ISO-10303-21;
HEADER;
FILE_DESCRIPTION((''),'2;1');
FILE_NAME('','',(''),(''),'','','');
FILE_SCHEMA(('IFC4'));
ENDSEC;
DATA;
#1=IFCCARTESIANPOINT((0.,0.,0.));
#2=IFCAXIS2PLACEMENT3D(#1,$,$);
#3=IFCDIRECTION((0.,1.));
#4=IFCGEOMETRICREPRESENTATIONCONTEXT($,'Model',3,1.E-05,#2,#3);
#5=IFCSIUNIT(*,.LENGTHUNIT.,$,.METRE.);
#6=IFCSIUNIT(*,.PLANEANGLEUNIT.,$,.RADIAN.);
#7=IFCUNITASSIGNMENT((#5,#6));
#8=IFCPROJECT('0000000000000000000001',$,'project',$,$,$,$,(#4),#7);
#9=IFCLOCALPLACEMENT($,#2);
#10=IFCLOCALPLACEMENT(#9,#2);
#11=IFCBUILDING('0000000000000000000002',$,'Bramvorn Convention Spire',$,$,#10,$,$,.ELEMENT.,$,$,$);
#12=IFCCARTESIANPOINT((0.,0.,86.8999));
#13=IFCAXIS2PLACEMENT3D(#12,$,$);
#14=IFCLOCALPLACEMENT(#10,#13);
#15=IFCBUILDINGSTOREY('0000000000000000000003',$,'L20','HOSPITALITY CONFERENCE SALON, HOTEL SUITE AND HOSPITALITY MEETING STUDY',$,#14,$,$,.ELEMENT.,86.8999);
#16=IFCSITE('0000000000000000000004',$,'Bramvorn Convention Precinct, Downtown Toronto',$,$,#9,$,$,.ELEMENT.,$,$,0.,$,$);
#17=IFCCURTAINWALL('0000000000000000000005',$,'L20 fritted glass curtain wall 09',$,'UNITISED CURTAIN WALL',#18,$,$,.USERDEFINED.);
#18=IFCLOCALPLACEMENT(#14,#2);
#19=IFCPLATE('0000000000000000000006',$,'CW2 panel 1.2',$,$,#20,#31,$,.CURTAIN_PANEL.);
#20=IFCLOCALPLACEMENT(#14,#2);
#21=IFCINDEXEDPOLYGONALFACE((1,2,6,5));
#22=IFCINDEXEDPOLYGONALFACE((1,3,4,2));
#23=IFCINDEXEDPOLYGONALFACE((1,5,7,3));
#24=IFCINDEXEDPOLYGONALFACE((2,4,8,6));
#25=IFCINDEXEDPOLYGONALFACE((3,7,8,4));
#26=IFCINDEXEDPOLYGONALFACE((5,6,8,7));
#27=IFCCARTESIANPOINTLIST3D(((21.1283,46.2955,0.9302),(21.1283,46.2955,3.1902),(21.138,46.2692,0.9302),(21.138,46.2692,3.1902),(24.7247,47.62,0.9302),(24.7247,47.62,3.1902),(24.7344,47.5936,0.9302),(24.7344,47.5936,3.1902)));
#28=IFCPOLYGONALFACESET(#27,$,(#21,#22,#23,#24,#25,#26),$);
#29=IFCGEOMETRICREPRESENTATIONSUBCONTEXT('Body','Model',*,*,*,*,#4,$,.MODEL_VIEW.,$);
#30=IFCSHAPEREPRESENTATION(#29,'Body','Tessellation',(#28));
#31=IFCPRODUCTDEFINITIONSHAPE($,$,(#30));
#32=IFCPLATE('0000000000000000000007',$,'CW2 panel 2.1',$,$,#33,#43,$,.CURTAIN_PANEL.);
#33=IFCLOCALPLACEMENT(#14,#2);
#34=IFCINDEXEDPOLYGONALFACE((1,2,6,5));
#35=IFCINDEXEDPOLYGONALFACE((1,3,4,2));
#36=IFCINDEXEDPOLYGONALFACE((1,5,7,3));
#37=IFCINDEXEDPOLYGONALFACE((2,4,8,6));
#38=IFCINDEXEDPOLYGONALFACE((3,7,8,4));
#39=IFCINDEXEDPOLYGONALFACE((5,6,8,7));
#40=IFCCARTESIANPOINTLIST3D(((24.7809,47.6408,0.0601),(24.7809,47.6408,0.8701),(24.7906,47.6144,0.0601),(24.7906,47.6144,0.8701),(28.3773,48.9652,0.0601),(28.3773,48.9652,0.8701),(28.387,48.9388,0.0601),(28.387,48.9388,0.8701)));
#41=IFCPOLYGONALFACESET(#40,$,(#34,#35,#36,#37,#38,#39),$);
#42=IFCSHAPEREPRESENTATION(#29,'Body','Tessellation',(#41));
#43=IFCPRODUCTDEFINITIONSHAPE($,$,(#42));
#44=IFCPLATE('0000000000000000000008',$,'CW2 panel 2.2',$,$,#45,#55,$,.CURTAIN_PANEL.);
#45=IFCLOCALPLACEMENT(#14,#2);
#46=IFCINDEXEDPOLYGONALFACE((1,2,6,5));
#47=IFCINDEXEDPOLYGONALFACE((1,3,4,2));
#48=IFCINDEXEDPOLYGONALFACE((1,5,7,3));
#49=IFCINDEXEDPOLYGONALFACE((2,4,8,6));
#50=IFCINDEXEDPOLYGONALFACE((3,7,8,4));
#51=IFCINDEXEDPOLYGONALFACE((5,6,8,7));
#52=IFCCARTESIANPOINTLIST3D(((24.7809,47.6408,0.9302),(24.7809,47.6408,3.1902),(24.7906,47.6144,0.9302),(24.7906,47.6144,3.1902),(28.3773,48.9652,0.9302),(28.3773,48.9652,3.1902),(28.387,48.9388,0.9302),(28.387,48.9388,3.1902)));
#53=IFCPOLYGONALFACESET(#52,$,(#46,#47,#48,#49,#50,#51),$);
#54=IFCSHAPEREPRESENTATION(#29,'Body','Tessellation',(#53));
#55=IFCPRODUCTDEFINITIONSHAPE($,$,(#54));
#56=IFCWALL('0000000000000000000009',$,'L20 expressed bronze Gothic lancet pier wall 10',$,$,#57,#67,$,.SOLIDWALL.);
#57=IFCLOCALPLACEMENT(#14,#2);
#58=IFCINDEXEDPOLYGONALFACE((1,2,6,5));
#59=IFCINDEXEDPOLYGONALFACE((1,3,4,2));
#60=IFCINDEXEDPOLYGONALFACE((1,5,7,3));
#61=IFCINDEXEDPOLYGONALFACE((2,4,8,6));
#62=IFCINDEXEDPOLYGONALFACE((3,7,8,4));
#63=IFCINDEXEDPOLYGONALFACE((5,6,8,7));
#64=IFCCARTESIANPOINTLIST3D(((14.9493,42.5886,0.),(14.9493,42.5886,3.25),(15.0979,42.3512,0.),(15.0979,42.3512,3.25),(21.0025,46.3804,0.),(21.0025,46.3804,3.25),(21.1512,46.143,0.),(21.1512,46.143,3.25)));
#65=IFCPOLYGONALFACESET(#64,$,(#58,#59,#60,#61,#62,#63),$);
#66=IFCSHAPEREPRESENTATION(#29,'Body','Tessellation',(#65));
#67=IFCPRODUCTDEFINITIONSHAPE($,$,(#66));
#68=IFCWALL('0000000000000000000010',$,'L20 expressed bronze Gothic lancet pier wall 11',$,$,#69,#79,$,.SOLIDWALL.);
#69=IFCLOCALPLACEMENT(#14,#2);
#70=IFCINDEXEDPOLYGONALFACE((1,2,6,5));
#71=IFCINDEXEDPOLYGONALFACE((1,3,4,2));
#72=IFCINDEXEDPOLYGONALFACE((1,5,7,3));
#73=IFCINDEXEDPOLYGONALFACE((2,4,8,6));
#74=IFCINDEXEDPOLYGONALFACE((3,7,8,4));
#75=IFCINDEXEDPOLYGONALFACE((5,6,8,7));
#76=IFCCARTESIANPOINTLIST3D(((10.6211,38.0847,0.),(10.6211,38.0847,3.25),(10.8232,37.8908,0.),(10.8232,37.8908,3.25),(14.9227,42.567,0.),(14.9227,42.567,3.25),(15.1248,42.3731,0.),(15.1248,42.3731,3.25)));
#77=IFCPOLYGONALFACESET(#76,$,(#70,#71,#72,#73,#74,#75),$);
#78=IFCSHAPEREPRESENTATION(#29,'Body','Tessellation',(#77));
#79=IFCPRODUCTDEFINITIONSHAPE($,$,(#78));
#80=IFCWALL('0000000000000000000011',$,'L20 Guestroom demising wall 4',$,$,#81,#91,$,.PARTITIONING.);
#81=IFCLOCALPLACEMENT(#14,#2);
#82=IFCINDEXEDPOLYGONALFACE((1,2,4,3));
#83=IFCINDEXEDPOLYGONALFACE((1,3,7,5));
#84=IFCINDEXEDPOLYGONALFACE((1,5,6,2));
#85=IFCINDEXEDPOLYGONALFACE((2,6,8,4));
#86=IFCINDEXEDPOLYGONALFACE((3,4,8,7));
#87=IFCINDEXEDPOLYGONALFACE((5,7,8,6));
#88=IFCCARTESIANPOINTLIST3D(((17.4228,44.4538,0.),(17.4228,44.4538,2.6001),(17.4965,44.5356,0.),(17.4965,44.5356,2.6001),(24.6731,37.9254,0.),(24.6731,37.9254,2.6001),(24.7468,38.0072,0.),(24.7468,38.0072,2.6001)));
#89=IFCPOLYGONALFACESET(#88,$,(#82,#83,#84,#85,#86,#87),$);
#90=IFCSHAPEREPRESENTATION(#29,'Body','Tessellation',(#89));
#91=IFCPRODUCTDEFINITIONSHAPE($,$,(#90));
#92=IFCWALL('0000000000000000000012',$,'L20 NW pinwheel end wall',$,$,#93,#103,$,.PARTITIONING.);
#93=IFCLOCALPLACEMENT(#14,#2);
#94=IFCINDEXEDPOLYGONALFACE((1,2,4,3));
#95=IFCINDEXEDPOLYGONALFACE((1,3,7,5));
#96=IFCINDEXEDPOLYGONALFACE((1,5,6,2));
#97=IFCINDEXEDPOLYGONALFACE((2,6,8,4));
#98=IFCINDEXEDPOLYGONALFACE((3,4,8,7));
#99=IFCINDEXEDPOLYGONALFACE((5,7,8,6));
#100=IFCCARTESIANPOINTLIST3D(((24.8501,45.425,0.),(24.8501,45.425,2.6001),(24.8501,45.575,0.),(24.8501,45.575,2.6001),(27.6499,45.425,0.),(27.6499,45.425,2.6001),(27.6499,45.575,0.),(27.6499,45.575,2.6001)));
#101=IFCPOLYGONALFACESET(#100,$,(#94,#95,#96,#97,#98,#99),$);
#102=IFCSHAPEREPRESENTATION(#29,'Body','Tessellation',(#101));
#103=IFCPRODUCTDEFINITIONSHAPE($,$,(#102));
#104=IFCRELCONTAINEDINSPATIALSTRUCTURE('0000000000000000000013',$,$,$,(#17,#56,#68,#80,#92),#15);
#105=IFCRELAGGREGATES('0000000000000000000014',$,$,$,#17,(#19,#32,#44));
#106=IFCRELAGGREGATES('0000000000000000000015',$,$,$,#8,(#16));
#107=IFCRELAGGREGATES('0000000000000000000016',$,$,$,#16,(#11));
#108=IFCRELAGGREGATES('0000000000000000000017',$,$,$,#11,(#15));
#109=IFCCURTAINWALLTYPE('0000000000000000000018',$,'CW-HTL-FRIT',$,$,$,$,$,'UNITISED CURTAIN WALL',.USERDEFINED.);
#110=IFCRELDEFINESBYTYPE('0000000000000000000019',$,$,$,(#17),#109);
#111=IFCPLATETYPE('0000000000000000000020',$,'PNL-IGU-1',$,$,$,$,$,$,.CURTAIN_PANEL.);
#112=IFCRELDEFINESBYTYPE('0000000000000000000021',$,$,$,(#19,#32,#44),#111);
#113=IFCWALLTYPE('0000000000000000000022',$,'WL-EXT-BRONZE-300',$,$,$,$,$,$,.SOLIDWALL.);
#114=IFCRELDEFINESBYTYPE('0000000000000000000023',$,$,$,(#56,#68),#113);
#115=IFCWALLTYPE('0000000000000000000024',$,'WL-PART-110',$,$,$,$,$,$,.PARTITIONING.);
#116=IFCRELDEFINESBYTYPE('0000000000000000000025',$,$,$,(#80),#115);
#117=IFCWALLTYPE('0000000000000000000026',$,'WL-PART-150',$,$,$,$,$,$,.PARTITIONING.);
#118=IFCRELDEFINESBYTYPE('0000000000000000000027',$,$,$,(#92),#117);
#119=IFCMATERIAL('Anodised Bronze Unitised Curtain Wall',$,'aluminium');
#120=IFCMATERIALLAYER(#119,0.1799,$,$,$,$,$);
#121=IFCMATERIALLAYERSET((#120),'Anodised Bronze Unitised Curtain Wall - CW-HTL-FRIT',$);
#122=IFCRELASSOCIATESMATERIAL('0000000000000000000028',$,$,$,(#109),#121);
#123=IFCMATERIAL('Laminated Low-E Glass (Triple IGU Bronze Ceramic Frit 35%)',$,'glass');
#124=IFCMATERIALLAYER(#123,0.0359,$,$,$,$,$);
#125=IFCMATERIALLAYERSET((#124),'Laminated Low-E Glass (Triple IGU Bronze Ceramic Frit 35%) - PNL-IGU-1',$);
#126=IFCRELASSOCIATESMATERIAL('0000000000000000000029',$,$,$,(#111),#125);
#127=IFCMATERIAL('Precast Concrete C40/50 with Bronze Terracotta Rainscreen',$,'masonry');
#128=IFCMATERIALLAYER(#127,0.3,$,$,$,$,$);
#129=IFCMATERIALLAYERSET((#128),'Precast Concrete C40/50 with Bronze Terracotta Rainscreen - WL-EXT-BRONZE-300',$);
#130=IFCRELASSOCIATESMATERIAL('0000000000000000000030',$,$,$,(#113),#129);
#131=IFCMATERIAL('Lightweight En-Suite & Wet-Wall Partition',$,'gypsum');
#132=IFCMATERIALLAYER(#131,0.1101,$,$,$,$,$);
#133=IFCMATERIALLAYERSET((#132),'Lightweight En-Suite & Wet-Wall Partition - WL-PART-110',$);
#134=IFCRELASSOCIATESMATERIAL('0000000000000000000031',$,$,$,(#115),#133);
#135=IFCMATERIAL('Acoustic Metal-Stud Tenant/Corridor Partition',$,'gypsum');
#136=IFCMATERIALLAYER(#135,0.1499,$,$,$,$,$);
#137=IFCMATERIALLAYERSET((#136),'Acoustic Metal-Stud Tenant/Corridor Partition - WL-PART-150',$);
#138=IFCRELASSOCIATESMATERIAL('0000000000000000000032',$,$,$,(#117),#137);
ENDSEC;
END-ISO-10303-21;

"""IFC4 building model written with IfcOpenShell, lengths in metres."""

from ifc_helpers import new_model, si_unit, direction, frame, frame_2d, origin, origin_2d, place, context, subcontext, project, spatial, rectangle, extrude, material, layer, layer_set, type_object, element, aggregate, save


model = new_model("IFC4")

# Units and contexts
model_context = context("Model", 3, precision=1e-05, world=origin(), true_north=direction((0.0, 1.0)))
body_context = subcontext(model_context, "Body", "Model", "MODEL_VIEW")
ifc_project = project(units=[si_unit("LENGTHUNIT", "METRE"), si_unit("PLANEANGLEUNIT", "RADIAN")], contexts=[model_context])

# Site, building, storey
site_placement = place(None, origin())
site = spatial("IfcSite", under=ifc_project, at=site_placement, Name="Bramvorn Convention Precinct, Downtown Toronto", CompositionType="ELEMENT", RefElevation=0.0)
building_placement = place(site_placement, origin())
building = spatial("IfcBuilding", under=site, at=building_placement, Name="Bramvorn Convention Spire", CompositionType="ELEMENT")
storey_placement = place(building_placement, frame((0.0, 0.0, 86.8999)))
storey = spatial("IfcBuildingStorey", under=building, at=storey_placement, Name="L20", Description="HOSPITALITY CONFERENCE SALON, HOTEL SUITE AND HOSPITALITY MEETING STUDY", CompositionType="ELEMENT", Elevation=86.8999)

# Curtain wall, plates
ifc_material_1 = material(Name="Anodised Bronze Unitised Curtain Wall", Category="aluminium")
ifc_layer_1 = layer(ifc_material_1, 0.1799)
ifc_layer_set_1 = layer_set([ifc_layer_1], Name="Anodised Bronze Unitised Curtain Wall - CW-HTL-FRIT")
curtain_wall_type = type_object("IfcCurtainWallType", Name="CW-HTL-FRIT", ElementType="UNITISED CURTAIN WALL", PredefinedType="USERDEFINED", material=ifc_layer_set_1)
curtain_wall_placement = place(storey_placement, origin())
curtain_wall = element("IfcCurtainWall", 1, at=curtain_wall_placement, inside=storey, type_object=curtain_wall_type, Name="L20 fritted glass curtain wall 09", ObjectType="UNITISED CURTAIN WALL", PredefinedType="USERDEFINED")
ifc_material_2 = material(Name="Laminated Low-E Glass (Triple IGU Bronze Ceramic Frit 35%)", Category="glass")
ifc_layer_2 = layer(ifc_material_2, 0.0359)
ifc_layer_set_2 = layer_set([ifc_layer_2], Name="Laminated Low-E Glass (Triple IGU Bronze Ceramic Frit 35%) - PNL-IGU-1")
plate_type = type_object("IfcPlateType", Name="PNL-IGU-1", PredefinedType="CURTAIN_PANEL", material=ifc_layer_set_2)
plate_1_placement = place(storey_placement, frame((22.9314, 46.9446, 0.9302), z_axis=(0.0, 0.0, 1.0), x_axis=(0.93839, 0.345578, 0.0)))
plate_1 = element("IfcPlate", 2, at=plate_1_placement, type_object=plate_type, Name="CW2 panel 1.2", PredefinedType="CURTAIN_PANEL", context=body_context, shape_type="SweptSolid", body=[
    extrude(rectangle(XDim=3.8325, YDim=0.0281, at=origin_2d()), origin(), (0.0, 0.0, 1.0), 2.26),
])
plate_2_placement = place(storey_placement, frame((26.584, 48.2898, 0.0601), z_axis=(0.0, 0.0, 1.0), x_axis=(0.93839, 0.345578, 0.0)))
plate_2 = element("IfcPlate", 3, at=plate_2_placement, type_object=plate_type, Name="CW2 panel 2.1", PredefinedType="CURTAIN_PANEL", context=body_context, shape_type="SweptSolid", body=[
    extrude(rectangle(XDim=3.8325, YDim=0.0281, at=origin_2d()), origin(), (0.0, 0.0, 1.0), 0.8101),
])
plate_3_placement = place(storey_placement, frame((26.584, 48.2898, 0.9302), z_axis=(0.0, 0.0, 1.0), x_axis=(0.93839, 0.345578, 0.0)))
plate_3 = element("IfcPlate", 4, at=plate_3_placement, type_object=plate_type, Name="CW2 panel 2.2", PredefinedType="CURTAIN_PANEL", context=body_context, shape_type="SweptSolid", body=[
    extrude(rectangle(XDim=3.8325, YDim=0.0281, at=origin_2d()), origin(), (0.0, 0.0, 1.0), 2.26),
])
aggregate(curtain_wall, [plate_1, plate_2, plate_3])

# Walls
ifc_material_3 = material(Name="Precast Concrete C40/50 with Bronze Terracotta Rainscreen", Category="masonry")
ifc_layer_3 = layer(ifc_material_3, 0.3)
ifc_layer_set_3 = layer_set([ifc_layer_3], Name="Precast Concrete C40/50 with Bronze Terracotta Rainscreen - WL-EXT-BRONZE-300")
wall_type_1 = type_object("IfcWallType", Name="WL-EXT-BRONZE-300", PredefinedType="SOLIDWALL", material=ifc_layer_set_3)
wall_1_placement = place(storey_placement, frame((15.0237, 42.47, 0.0), z_axis=(0.0, 0.0, 1.0), x_axis=(0.847464, 0.530853, 0.0)))
element("IfcWall", 5, at=wall_1_placement, inside=storey, type_object=wall_type_1, Name="L20 expressed bronze Gothic lancet pier wall 10", PredefinedType="SOLIDWALL", context=body_context, shape_type="SweptSolid", body=[
    extrude(rectangle(XDim=7.1428, YDim=0.28, at=frame_2d((3.5713, 0.0))), origin(), (0.0, 0.0, 1.0), 3.25),
])
wall_2_placement = place(storey_placement, frame((10.7222, 37.9878, 0.0), z_axis=(0.0, 0.0, 1.0), x_axis=(0.692416, 0.721498, 0.0)))
element("IfcWall", 6, at=wall_2_placement, inside=storey, type_object=wall_type_1, Name="L20 expressed bronze Gothic lancet pier wall 11", PredefinedType="SOLIDWALL", context=body_context, shape_type="SweptSolid", body=[
    extrude(rectangle(XDim=6.2124, YDim=0.28, at=frame_2d((3.1062, 0.0))), origin(), (0.0, 0.0, 1.0), 3.25),
])
ifc_material_4 = material(Name="Lightweight En-Suite & Wet-Wall Partition", Category="gypsum")
ifc_layer_4 = layer(ifc_material_4, 0.1101)
ifc_layer_set_4 = layer_set([ifc_layer_4], Name="Lightweight En-Suite & Wet-Wall Partition - WL-PART-110")
wall_type_2 = type_object("IfcWallType", Name="WL-PART-110", PredefinedType="PARTITIONING", material=ifc_layer_set_4)
wall_3_placement = place(storey_placement, frame((24.71, 37.9663, 0.0), z_axis=(0.0, 0.0, 1.0), x_axis=(-0.743136, 0.66914, 0.0)))
element("IfcWall", 7, at=wall_3_placement, inside=storey, type_object=wall_type_2, Name="L20 Guestroom demising wall 4", PredefinedType="PARTITIONING", context=body_context, shape_type="SweptSolid", body=[
    extrude(rectangle(XDim=9.7563, YDim=0.1101, at=frame_2d((4.8782, 0.0))), origin(), (0.0, 0.0, 1.0), 2.6001),
])
ifc_material_5 = material(Name="Acoustic Metal-Stud Tenant/Corridor Partition", Category="gypsum")
ifc_layer_5 = layer(ifc_material_5, 0.1499)
ifc_layer_set_5 = layer_set([ifc_layer_5], Name="Acoustic Metal-Stud Tenant/Corridor Partition - WL-PART-150")
wall_type_3 = type_object("IfcWallType", Name="WL-PART-150", PredefinedType="PARTITIONING", material=ifc_layer_set_5)
wall_4_placement = place(storey_placement, frame((24.8501, 45.5, 0.0), z_axis=(0.0, 0.0, 1.0), x_axis=(1.0, 0.0, 0.0)))
element("IfcWall", 8, at=wall_4_placement, inside=storey, type_object=wall_type_3, Name="L20 NW pinwheel end wall", PredefinedType="PARTITIONING", context=body_context, shape_type="SweptSolid", body=[
    extrude(rectangle(XDim=2.7998, YDim=0.1499, at=frame_2d((1.3999, 0.0))), origin(), (0.0, 0.0, 1.0), 2.6001),
])

save(model, "model.ifc")
